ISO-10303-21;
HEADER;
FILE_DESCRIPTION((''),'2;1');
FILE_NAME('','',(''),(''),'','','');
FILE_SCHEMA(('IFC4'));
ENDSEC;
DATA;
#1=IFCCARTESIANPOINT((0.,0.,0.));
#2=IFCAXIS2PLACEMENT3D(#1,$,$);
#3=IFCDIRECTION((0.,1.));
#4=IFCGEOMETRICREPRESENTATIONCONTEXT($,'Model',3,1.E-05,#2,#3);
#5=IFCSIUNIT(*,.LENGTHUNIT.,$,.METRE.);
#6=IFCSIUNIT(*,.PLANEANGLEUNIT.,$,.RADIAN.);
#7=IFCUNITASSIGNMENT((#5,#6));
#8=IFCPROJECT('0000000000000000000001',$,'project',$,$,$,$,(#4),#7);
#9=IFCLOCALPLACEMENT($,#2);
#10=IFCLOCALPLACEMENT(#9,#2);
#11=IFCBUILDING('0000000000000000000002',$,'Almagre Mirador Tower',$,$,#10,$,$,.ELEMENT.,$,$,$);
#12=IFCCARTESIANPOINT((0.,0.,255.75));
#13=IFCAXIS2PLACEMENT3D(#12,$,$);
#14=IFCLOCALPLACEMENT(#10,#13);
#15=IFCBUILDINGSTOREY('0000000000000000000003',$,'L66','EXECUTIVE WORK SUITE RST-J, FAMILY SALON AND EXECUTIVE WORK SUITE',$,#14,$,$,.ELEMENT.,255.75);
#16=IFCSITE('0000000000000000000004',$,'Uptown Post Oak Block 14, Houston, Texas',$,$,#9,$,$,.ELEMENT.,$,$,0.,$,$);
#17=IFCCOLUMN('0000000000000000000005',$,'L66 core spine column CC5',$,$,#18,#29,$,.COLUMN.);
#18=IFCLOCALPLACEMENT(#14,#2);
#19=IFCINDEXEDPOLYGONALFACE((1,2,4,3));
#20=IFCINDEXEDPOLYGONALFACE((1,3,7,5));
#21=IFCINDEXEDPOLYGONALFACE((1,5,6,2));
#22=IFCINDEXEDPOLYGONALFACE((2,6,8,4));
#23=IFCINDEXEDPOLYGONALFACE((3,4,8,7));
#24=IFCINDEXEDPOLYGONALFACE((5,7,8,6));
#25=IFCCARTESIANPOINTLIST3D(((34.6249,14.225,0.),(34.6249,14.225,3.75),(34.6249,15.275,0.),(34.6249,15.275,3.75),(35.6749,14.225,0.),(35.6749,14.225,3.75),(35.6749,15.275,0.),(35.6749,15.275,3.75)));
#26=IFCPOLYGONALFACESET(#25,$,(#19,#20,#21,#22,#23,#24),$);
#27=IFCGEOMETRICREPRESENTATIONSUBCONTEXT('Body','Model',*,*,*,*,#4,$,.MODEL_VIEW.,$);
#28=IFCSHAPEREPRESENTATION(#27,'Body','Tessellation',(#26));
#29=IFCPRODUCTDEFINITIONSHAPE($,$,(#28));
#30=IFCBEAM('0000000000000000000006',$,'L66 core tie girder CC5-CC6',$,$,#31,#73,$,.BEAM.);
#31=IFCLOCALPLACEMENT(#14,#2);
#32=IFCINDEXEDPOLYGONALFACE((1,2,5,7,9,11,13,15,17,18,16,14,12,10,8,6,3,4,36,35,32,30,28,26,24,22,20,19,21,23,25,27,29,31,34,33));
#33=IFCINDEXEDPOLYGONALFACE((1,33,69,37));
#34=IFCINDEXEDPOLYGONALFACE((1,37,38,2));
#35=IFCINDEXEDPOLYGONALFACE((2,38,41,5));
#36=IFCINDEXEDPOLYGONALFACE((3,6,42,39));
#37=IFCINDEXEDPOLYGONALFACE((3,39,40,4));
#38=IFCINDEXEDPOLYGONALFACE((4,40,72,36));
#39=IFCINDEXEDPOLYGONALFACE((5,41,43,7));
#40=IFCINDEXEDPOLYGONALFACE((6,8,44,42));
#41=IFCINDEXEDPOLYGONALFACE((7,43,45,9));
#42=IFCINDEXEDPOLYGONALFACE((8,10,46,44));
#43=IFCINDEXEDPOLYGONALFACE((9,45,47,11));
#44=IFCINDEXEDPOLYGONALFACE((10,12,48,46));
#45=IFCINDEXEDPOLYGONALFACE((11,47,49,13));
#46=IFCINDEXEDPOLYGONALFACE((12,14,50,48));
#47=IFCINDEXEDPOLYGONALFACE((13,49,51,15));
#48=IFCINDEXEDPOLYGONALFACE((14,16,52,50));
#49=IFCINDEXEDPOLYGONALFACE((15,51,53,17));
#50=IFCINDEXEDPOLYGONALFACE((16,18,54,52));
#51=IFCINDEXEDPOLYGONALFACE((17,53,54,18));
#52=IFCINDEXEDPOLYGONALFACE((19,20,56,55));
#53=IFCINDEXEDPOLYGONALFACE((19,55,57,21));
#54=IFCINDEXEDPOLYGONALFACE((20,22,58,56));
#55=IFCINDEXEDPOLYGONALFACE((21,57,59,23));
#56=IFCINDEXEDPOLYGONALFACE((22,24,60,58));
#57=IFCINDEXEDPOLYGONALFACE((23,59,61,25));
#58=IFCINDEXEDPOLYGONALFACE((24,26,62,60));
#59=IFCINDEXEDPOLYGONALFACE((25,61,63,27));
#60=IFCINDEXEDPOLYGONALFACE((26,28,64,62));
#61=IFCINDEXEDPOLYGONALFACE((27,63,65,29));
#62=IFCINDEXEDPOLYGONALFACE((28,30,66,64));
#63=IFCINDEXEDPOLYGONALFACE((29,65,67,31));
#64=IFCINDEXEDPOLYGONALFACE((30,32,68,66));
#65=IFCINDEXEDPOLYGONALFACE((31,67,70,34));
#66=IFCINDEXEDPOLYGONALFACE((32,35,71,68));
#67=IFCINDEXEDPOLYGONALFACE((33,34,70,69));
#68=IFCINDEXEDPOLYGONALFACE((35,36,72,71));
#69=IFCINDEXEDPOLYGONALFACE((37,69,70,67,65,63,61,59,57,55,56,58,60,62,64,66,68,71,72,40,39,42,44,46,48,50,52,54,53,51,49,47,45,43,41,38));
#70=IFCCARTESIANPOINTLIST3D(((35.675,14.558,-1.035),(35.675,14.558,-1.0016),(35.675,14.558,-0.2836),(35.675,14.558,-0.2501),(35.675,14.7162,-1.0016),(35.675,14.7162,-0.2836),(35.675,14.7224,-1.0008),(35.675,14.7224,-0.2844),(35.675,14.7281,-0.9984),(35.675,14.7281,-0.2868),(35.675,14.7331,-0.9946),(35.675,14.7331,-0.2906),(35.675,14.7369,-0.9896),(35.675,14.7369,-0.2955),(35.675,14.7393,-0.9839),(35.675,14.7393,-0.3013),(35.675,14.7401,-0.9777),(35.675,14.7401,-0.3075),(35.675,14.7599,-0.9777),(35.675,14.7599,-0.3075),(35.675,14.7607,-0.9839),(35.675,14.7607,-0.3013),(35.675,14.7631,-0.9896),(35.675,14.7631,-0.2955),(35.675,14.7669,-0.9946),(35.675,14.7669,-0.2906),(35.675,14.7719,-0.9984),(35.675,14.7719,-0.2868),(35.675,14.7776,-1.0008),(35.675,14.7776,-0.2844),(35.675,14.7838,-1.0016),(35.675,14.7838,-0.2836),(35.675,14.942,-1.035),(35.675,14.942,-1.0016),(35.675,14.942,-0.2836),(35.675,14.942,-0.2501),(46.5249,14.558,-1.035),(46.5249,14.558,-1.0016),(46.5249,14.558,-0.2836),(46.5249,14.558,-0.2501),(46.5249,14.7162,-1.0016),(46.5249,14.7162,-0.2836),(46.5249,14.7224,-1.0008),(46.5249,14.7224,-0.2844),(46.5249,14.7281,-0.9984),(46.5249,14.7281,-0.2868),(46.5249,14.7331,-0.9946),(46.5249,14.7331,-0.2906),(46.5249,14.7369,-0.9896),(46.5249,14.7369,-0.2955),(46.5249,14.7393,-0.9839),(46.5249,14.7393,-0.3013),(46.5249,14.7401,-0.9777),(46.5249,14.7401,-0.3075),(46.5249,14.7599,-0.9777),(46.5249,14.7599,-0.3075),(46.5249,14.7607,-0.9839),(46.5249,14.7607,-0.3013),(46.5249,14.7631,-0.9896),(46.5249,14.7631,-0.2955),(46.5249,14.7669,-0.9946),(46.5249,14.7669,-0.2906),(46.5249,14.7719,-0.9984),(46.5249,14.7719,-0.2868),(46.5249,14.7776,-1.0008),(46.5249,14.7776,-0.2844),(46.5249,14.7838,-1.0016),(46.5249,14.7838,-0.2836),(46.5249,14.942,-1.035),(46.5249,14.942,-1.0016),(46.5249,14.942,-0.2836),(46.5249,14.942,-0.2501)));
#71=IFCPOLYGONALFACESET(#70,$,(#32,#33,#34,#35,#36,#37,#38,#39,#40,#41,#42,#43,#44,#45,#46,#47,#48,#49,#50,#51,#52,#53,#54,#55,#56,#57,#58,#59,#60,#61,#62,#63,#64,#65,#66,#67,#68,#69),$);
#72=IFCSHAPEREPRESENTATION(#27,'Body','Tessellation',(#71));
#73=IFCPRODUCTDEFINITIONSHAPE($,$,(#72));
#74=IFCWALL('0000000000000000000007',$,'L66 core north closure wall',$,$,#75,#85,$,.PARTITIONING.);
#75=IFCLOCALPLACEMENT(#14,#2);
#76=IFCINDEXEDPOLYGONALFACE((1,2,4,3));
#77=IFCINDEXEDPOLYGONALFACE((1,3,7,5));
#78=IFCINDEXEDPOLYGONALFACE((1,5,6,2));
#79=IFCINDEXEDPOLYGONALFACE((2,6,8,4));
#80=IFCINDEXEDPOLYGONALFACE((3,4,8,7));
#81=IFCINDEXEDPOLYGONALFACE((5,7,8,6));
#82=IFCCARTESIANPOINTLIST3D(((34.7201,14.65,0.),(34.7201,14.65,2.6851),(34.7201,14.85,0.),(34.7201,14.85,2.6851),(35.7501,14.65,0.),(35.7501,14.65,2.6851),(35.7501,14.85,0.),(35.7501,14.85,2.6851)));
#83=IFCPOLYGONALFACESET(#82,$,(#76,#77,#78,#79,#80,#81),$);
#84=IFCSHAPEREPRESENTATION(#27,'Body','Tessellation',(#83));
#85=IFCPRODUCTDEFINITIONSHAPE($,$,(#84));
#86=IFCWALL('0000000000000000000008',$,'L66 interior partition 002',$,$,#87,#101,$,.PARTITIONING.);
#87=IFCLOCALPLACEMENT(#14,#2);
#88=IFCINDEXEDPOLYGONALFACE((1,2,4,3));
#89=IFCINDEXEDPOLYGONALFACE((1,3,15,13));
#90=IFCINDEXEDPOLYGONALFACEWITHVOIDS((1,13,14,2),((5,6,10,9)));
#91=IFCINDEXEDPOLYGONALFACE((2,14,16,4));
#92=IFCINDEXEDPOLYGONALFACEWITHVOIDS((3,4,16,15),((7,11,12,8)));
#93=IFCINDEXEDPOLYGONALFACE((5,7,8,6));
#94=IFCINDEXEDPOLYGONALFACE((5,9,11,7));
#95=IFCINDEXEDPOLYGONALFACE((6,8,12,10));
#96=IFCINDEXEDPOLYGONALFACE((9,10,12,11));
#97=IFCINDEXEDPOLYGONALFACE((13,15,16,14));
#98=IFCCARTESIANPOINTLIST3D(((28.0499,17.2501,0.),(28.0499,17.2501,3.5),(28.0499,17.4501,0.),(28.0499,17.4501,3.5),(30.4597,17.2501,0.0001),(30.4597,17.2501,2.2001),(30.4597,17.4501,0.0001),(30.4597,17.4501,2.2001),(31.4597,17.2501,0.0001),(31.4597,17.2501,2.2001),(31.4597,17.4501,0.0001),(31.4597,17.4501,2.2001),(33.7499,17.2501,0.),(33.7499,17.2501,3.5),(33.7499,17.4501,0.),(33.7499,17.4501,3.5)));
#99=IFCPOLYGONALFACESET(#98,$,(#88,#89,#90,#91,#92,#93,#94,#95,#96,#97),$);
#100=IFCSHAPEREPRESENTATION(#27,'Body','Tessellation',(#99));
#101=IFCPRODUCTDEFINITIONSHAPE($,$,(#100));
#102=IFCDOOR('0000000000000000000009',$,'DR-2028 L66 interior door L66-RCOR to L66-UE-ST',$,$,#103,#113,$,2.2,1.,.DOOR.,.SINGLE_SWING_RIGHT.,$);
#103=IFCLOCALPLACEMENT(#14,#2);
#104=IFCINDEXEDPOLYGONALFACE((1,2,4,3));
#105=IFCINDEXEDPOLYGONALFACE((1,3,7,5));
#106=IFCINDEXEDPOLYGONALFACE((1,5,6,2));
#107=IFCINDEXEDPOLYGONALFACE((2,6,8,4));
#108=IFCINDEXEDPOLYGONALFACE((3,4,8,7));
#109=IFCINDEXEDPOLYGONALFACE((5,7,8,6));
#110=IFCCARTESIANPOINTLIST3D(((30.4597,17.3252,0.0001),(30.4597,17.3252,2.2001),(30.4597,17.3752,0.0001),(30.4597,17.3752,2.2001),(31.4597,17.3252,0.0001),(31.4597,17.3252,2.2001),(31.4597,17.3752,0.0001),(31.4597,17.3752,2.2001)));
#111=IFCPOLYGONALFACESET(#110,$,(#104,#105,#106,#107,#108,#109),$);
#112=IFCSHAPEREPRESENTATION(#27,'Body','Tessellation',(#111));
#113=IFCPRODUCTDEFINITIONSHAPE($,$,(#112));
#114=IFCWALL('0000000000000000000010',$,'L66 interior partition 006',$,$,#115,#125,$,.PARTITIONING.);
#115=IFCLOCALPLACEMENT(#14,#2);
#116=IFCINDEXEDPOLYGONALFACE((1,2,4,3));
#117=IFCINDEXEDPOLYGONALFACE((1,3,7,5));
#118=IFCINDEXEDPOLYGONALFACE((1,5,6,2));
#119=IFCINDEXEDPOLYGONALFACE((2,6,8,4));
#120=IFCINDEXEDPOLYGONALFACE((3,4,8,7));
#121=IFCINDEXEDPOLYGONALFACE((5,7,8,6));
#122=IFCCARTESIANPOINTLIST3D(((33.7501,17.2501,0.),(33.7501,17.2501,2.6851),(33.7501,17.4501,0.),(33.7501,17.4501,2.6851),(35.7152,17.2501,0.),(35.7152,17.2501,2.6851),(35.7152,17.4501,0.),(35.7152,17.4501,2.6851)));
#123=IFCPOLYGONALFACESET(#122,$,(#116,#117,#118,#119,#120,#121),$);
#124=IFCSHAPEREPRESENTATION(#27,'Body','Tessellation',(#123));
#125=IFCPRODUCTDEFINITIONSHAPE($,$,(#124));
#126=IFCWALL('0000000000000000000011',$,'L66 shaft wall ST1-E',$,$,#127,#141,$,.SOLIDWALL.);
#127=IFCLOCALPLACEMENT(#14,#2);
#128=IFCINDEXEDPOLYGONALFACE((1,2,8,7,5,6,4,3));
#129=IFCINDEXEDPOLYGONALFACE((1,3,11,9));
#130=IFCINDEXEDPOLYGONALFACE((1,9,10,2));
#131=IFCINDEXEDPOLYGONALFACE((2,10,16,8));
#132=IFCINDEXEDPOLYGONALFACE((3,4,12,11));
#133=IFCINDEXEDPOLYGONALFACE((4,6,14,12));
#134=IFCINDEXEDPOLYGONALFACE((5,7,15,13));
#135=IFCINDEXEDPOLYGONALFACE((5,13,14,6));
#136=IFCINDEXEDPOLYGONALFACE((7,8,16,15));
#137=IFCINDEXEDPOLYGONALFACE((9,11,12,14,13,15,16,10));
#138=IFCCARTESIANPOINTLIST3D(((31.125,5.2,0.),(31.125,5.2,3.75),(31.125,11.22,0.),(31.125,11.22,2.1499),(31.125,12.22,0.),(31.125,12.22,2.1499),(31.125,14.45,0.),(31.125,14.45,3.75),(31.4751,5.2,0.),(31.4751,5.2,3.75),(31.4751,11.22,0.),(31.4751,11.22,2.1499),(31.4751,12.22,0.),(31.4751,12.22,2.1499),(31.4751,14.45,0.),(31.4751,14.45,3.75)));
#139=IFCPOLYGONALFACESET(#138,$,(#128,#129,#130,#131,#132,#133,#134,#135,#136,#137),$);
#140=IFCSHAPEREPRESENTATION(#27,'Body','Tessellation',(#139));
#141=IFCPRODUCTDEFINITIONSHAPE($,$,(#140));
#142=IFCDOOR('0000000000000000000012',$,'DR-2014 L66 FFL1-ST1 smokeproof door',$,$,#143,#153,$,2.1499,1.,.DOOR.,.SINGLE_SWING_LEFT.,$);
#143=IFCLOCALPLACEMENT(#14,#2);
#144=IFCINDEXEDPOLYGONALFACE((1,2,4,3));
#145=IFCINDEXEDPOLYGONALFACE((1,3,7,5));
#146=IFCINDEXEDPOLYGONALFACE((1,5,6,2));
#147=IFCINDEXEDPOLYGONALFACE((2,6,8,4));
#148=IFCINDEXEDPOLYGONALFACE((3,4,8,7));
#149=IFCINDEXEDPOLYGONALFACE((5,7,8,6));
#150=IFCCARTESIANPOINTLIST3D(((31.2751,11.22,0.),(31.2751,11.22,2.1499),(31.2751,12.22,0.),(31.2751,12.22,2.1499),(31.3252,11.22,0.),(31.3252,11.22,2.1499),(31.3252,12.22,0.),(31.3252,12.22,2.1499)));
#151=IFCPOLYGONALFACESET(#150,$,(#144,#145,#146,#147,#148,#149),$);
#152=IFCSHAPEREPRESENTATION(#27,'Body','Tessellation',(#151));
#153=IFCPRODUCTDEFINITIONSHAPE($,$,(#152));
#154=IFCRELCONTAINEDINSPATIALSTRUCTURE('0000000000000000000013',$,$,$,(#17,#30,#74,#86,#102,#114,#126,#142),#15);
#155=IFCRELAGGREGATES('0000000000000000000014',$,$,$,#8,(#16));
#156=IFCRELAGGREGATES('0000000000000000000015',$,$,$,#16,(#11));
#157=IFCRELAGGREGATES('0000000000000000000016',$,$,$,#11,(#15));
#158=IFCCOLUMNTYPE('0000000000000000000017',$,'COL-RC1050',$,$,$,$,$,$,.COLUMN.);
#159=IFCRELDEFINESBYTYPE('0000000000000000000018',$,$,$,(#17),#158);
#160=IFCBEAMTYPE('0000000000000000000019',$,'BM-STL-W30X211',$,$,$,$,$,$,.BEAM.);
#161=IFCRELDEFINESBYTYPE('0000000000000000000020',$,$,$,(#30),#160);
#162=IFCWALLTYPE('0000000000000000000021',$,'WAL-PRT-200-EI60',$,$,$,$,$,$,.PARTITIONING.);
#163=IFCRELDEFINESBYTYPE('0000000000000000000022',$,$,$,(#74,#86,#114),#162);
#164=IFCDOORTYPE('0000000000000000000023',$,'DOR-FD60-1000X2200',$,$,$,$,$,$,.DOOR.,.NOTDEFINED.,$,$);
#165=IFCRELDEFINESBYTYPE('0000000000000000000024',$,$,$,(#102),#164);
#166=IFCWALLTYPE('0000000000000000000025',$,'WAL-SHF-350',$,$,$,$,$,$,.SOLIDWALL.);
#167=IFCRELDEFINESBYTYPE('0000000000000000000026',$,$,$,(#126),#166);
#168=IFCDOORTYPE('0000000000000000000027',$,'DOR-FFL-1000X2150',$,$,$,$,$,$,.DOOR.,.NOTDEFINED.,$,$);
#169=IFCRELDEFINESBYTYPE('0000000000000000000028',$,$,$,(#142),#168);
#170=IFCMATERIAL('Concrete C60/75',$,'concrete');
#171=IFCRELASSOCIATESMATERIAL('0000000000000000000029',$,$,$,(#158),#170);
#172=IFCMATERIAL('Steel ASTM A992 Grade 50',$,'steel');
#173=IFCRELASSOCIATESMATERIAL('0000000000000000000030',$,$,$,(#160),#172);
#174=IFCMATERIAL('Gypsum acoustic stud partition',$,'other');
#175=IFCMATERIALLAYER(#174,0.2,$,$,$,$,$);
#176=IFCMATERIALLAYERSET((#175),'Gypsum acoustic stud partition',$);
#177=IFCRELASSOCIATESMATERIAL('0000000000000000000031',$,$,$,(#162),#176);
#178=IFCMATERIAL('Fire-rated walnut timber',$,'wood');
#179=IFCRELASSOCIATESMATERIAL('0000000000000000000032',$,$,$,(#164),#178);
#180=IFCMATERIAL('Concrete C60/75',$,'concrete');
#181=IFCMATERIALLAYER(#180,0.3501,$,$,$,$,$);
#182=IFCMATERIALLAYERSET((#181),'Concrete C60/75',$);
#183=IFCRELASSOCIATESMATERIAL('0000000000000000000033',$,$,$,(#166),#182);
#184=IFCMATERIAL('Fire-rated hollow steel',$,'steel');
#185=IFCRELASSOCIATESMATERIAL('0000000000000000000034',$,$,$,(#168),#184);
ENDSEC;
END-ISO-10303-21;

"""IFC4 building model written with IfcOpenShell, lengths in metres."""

from ifc_helpers import new_model, si_unit, direction, frame, frame_2d, origin, origin_2d, place, context, subcontext, project, spatial, rectangle, i_section, extrude, material, layer, layer_set, material_profile, profile_set, type_object, element, fill, save


model = new_model("IFC4")

# Units and contexts
model_context = context("Model", 3, precision=1e-05, world=origin(), true_north=direction((0.0, 1.0)))
body_context = subcontext(model_context, "Body", "Model", "MODEL_VIEW")
ifc_project = project(units=[si_unit("LENGTHUNIT", "METRE"), si_unit("PLANEANGLEUNIT", "RADIAN")], contexts=[model_context])

# Site, building, storey
site_placement = place(None, origin())
site = spatial("IfcSite", under=ifc_project, at=site_placement, Name="Uptown Post Oak Block 14, Houston, Texas", CompositionType="ELEMENT", RefElevation=0.0)
building_placement = place(site_placement, origin())
building = spatial("IfcBuilding", under=site, at=building_placement, Name="Almagre Mirador Tower", CompositionType="ELEMENT")
storey_placement = place(building_placement, frame((0.0, 0.0, 255.75)))
storey = spatial("IfcBuildingStorey", under=building, at=storey_placement, Name="L66", Description="EXECUTIVE WORK SUITE RST-J, FAMILY SALON AND EXECUTIVE WORK SUITE", CompositionType="ELEMENT", Elevation=255.75)

# Column
ifc_material_1 = material(Name="Concrete C60/75", Category="concrete")
ifc_material_profile_1 = material_profile(ifc_material_1, rectangle(XDim=1.05, YDim=1.05, at=origin_2d()), Name="RC1050X1050")
ifc_profile_set_1 = profile_set([ifc_material_profile_1], Name="Concrete C60/75")
column_type = type_object("IfcColumnType", Name="COL-RC1050", PredefinedType="COLUMN", material=ifc_profile_set_1)
column_placement = place(storey_placement, frame((35.1499, 14.75, 0.0), z_axis=(0.0, 0.0, 1.0), x_axis=(1.0, 0.0, 0.0)))
element("IfcColumn", 1, at=column_placement, inside=storey, type_object=column_type, Name="L66 core spine column CC5", PredefinedType="COLUMN", context=body_context, shape_type="SweptSolid", body=[
    extrude(rectangle(XDim=1.05, YDim=1.05, at=origin_2d()), origin(), (0.0, 0.0, 1.0), 3.75),
])

# Beam
ifc_material_2 = material(Name="Steel ASTM A992 Grade 50", Category="steel")
ifc_material_profile_2 = material_profile(ifc_material_2, i_section(OverallWidth=0.384, OverallDepth=0.7849, WebThickness=0.0198, FlangeThickness=0.0334, FilletRadius=0.0239, at=origin_2d()), Name="W30X211")
ifc_profile_set_2 = profile_set([ifc_material_profile_2], Name="Steel ASTM A992 Grade 50")
beam_type = type_object("IfcBeamType", Name="BM-STL-W30X211", PredefinedType="BEAM", material=ifc_profile_set_2)
beam_placement = place(storey_placement, frame((35.675, 14.75, -0.6426), z_axis=(1.0, 0.0, 0.0), x_axis=(0.0, 1.0, 0.0)))
element("IfcBeam", 2, at=beam_placement, inside=storey, type_object=beam_type, Name="L66 core tie girder CC5-CC6", PredefinedType="BEAM", context=body_context, shape_type="SweptSolid", body=[
    extrude(i_section(OverallWidth=0.384, OverallDepth=0.7849, WebThickness=0.0198, FlangeThickness=0.0334, FilletRadius=0.0239, at=origin_2d()), origin(), (0.0, 0.0, 1.0), 10.8499),
])

# Wall
ifc_material_3 = material(Name="Gypsum acoustic stud partition", Category="other")
ifc_layer_1 = layer(ifc_material_3, 0.2)
ifc_layer_set_1 = layer_set([ifc_layer_1], Name="Gypsum acoustic stud partition")
wall_type_1 = type_object("IfcWallType", Name="WAL-PRT-200-EI60", PredefinedType="PARTITIONING", material=ifc_layer_set_1)
wall_1_placement = place(storey_placement, frame((34.72, 14.75, 0.0), z_axis=(0.0, 0.0, 1.0), x_axis=(1.0, 0.0, 0.0)))
element("IfcWall", 3, at=wall_1_placement, inside=storey, type_object=wall_type_1, Name="L66 core north closure wall", PredefinedType="PARTITIONING", context=body_context, shape_type="SweptSolid", body=[
    extrude(rectangle(XDim=1.03, YDim=0.2, at=frame_2d((0.5151, 0.0))), origin(), (0.0, 0.0, 1.0), 2.6851),
])

# Wall, opening, door
wall_2_placement = place(storey_placement, frame((33.75, 17.3501, 0.0), z_axis=(0.0, 0.0, 1.0), x_axis=(-1.0, 0.0, 0.0)))
wall_2 = element("IfcWall", 4, at=wall_2_placement, inside=storey, type_object=wall_type_1, Name="L66 interior partition 002", PredefinedType="PARTITIONING", context=body_context, shape_type="SweptSolid", body=[
    extrude(rectangle(XDim=5.7, YDim=0.2, at=frame_2d((2.8501, 0.0))), origin(), (0.0, 0.0, 1.0), 3.5),
])
opening_1_placement = place(wall_2_placement, frame((2.2903, 0.0, 0.0)))
opening_1 = element("IfcOpeningElement", 5, at=opening_1_placement, cuts=wall_2, PredefinedType="OPENING", context=body_context, shape_type="SweptSolid", body=[
    extrude(rectangle(XDim=1.0, YDim=2.2, at=frame_2d((0.5, 1.1001))), frame((0.0, 0.1101, 0.0), z_axis=(0.0, -1.0, 0.0), x_axis=(1.0, 0.0, 0.0)), (0.0, 0.0, 1.0), 0.22),
])
ifc_material_4 = material(Name="Fire-rated walnut timber", Category="wood")
door_type_1 = type_object("IfcDoorType", Name="DOR-FD60-1000X2200", OperationType="NOTDEFINED", PredefinedType="DOOR", material=ifc_material_4)
door_1_placement = place(opening_1_placement, origin())
door_1 = element("IfcDoor", 6, at=door_1_placement, inside=storey, type_object=door_type_1, Name="DR-2028 L66 interior door L66-RCOR to L66-UE-ST", OperationType="SINGLE_SWING_RIGHT", OverallHeight=2.2, OverallWidth=1.0, PredefinedType="DOOR", context=body_context, shape_type="SweptSolid", body=[
    extrude(rectangle(XDim=1.0, YDim=2.2, at=frame_2d((0.5, 1.1001))), frame((0.0, 0.0249, 0.0), z_axis=(0.0, -1.0, 0.0), x_axis=(1.0, 0.0, 0.0)), (0.0, 0.0, 1.0), 0.05),
])
fill(opening_1, door_1)

# Wall
wall_3_placement = place(storey_placement, frame((35.7151, 17.3501, 0.0), z_axis=(0.0, 0.0, 1.0), x_axis=(-1.0, 0.0, 0.0)))
element("IfcWall", 7, at=wall_3_placement, inside=storey, type_object=wall_type_1, Name="L66 interior partition 006", PredefinedType="PARTITIONING", context=body_context, shape_type="SweptSolid", body=[
    extrude(rectangle(XDim=1.9651, YDim=0.2, at=frame_2d((0.9824, 0.0))), origin(), (0.0, 0.0, 1.0), 2.6851),
])

# Wall, opening, door
ifc_material_5 = material(Name="Concrete C60/75", Category="concrete")
ifc_layer_2 = layer(ifc_material_5, 0.3501)
ifc_layer_set_2 = layer_set([ifc_layer_2], Name="Concrete C60/75")
wall_type_2 = type_object("IfcWallType", Name="WAL-SHF-350", PredefinedType="SOLIDWALL", material=ifc_layer_set_2)
wall_4_placement = place(storey_placement, frame((31.3, 5.2, 0.0), z_axis=(0.0, 0.0, 1.0), x_axis=(0.0, 1.0, 0.0)))
wall_4 = element("IfcWall", 8, at=wall_4_placement, inside=storey, type_object=wall_type_2, Name="L66 shaft wall ST1-E", PredefinedType="SOLIDWALL", context=body_context, shape_type="SweptSolid", body=[
    extrude(rectangle(XDim=9.25, YDim=0.3501, at=frame_2d((4.625, 0.0))), origin(), (0.0, 0.0, 1.0), 3.75),
])
opening_2_placement = place(wall_4_placement, frame((6.02, 0.0, 0.0)))
opening_2 = element("IfcOpeningElement", 9, at=opening_2_placement, cuts=wall_4, PredefinedType="OPENING", context=body_context, shape_type="SweptSolid", body=[
    extrude(rectangle(XDim=1.0, YDim=2.1499, at=frame_2d((0.5, 1.075))), frame((0.0, 0.185, 0.0), z_axis=(0.0, -1.0, 0.0), x_axis=(1.0, 0.0, 0.0)), (0.0, 0.0, 1.0), 0.3701),
])
ifc_material_6 = material(Name="Fire-rated hollow steel", Category="steel")
door_type_2 = type_object("IfcDoorType", Name="DOR-FFL-1000X2150", OperationType="NOTDEFINED", PredefinedType="DOOR", material=ifc_material_6)
door_2_placement = place(opening_2_placement, origin())
door_2 = element("IfcDoor", 10, at=door_2_placement, inside=storey, type_object=door_type_2, Name="DR-2014 L66 FFL1-ST1 smokeproof door", OperationType="SINGLE_SWING_LEFT", OverallHeight=2.1499, OverallWidth=1.0, PredefinedType="DOOR", context=body_context, shape_type="SweptSolid", body=[
    extrude(rectangle(XDim=1.0, YDim=2.1499, at=frame_2d((0.5, 1.075))), frame((0.0, 0.0249, 0.0), z_axis=(0.0, -1.0, 0.0), x_axis=(1.0, 0.0, 0.0)), (0.0, 0.0, 1.0), 0.05),
])
fill(opening_2, door_2)

save(model, "model.ifc")
